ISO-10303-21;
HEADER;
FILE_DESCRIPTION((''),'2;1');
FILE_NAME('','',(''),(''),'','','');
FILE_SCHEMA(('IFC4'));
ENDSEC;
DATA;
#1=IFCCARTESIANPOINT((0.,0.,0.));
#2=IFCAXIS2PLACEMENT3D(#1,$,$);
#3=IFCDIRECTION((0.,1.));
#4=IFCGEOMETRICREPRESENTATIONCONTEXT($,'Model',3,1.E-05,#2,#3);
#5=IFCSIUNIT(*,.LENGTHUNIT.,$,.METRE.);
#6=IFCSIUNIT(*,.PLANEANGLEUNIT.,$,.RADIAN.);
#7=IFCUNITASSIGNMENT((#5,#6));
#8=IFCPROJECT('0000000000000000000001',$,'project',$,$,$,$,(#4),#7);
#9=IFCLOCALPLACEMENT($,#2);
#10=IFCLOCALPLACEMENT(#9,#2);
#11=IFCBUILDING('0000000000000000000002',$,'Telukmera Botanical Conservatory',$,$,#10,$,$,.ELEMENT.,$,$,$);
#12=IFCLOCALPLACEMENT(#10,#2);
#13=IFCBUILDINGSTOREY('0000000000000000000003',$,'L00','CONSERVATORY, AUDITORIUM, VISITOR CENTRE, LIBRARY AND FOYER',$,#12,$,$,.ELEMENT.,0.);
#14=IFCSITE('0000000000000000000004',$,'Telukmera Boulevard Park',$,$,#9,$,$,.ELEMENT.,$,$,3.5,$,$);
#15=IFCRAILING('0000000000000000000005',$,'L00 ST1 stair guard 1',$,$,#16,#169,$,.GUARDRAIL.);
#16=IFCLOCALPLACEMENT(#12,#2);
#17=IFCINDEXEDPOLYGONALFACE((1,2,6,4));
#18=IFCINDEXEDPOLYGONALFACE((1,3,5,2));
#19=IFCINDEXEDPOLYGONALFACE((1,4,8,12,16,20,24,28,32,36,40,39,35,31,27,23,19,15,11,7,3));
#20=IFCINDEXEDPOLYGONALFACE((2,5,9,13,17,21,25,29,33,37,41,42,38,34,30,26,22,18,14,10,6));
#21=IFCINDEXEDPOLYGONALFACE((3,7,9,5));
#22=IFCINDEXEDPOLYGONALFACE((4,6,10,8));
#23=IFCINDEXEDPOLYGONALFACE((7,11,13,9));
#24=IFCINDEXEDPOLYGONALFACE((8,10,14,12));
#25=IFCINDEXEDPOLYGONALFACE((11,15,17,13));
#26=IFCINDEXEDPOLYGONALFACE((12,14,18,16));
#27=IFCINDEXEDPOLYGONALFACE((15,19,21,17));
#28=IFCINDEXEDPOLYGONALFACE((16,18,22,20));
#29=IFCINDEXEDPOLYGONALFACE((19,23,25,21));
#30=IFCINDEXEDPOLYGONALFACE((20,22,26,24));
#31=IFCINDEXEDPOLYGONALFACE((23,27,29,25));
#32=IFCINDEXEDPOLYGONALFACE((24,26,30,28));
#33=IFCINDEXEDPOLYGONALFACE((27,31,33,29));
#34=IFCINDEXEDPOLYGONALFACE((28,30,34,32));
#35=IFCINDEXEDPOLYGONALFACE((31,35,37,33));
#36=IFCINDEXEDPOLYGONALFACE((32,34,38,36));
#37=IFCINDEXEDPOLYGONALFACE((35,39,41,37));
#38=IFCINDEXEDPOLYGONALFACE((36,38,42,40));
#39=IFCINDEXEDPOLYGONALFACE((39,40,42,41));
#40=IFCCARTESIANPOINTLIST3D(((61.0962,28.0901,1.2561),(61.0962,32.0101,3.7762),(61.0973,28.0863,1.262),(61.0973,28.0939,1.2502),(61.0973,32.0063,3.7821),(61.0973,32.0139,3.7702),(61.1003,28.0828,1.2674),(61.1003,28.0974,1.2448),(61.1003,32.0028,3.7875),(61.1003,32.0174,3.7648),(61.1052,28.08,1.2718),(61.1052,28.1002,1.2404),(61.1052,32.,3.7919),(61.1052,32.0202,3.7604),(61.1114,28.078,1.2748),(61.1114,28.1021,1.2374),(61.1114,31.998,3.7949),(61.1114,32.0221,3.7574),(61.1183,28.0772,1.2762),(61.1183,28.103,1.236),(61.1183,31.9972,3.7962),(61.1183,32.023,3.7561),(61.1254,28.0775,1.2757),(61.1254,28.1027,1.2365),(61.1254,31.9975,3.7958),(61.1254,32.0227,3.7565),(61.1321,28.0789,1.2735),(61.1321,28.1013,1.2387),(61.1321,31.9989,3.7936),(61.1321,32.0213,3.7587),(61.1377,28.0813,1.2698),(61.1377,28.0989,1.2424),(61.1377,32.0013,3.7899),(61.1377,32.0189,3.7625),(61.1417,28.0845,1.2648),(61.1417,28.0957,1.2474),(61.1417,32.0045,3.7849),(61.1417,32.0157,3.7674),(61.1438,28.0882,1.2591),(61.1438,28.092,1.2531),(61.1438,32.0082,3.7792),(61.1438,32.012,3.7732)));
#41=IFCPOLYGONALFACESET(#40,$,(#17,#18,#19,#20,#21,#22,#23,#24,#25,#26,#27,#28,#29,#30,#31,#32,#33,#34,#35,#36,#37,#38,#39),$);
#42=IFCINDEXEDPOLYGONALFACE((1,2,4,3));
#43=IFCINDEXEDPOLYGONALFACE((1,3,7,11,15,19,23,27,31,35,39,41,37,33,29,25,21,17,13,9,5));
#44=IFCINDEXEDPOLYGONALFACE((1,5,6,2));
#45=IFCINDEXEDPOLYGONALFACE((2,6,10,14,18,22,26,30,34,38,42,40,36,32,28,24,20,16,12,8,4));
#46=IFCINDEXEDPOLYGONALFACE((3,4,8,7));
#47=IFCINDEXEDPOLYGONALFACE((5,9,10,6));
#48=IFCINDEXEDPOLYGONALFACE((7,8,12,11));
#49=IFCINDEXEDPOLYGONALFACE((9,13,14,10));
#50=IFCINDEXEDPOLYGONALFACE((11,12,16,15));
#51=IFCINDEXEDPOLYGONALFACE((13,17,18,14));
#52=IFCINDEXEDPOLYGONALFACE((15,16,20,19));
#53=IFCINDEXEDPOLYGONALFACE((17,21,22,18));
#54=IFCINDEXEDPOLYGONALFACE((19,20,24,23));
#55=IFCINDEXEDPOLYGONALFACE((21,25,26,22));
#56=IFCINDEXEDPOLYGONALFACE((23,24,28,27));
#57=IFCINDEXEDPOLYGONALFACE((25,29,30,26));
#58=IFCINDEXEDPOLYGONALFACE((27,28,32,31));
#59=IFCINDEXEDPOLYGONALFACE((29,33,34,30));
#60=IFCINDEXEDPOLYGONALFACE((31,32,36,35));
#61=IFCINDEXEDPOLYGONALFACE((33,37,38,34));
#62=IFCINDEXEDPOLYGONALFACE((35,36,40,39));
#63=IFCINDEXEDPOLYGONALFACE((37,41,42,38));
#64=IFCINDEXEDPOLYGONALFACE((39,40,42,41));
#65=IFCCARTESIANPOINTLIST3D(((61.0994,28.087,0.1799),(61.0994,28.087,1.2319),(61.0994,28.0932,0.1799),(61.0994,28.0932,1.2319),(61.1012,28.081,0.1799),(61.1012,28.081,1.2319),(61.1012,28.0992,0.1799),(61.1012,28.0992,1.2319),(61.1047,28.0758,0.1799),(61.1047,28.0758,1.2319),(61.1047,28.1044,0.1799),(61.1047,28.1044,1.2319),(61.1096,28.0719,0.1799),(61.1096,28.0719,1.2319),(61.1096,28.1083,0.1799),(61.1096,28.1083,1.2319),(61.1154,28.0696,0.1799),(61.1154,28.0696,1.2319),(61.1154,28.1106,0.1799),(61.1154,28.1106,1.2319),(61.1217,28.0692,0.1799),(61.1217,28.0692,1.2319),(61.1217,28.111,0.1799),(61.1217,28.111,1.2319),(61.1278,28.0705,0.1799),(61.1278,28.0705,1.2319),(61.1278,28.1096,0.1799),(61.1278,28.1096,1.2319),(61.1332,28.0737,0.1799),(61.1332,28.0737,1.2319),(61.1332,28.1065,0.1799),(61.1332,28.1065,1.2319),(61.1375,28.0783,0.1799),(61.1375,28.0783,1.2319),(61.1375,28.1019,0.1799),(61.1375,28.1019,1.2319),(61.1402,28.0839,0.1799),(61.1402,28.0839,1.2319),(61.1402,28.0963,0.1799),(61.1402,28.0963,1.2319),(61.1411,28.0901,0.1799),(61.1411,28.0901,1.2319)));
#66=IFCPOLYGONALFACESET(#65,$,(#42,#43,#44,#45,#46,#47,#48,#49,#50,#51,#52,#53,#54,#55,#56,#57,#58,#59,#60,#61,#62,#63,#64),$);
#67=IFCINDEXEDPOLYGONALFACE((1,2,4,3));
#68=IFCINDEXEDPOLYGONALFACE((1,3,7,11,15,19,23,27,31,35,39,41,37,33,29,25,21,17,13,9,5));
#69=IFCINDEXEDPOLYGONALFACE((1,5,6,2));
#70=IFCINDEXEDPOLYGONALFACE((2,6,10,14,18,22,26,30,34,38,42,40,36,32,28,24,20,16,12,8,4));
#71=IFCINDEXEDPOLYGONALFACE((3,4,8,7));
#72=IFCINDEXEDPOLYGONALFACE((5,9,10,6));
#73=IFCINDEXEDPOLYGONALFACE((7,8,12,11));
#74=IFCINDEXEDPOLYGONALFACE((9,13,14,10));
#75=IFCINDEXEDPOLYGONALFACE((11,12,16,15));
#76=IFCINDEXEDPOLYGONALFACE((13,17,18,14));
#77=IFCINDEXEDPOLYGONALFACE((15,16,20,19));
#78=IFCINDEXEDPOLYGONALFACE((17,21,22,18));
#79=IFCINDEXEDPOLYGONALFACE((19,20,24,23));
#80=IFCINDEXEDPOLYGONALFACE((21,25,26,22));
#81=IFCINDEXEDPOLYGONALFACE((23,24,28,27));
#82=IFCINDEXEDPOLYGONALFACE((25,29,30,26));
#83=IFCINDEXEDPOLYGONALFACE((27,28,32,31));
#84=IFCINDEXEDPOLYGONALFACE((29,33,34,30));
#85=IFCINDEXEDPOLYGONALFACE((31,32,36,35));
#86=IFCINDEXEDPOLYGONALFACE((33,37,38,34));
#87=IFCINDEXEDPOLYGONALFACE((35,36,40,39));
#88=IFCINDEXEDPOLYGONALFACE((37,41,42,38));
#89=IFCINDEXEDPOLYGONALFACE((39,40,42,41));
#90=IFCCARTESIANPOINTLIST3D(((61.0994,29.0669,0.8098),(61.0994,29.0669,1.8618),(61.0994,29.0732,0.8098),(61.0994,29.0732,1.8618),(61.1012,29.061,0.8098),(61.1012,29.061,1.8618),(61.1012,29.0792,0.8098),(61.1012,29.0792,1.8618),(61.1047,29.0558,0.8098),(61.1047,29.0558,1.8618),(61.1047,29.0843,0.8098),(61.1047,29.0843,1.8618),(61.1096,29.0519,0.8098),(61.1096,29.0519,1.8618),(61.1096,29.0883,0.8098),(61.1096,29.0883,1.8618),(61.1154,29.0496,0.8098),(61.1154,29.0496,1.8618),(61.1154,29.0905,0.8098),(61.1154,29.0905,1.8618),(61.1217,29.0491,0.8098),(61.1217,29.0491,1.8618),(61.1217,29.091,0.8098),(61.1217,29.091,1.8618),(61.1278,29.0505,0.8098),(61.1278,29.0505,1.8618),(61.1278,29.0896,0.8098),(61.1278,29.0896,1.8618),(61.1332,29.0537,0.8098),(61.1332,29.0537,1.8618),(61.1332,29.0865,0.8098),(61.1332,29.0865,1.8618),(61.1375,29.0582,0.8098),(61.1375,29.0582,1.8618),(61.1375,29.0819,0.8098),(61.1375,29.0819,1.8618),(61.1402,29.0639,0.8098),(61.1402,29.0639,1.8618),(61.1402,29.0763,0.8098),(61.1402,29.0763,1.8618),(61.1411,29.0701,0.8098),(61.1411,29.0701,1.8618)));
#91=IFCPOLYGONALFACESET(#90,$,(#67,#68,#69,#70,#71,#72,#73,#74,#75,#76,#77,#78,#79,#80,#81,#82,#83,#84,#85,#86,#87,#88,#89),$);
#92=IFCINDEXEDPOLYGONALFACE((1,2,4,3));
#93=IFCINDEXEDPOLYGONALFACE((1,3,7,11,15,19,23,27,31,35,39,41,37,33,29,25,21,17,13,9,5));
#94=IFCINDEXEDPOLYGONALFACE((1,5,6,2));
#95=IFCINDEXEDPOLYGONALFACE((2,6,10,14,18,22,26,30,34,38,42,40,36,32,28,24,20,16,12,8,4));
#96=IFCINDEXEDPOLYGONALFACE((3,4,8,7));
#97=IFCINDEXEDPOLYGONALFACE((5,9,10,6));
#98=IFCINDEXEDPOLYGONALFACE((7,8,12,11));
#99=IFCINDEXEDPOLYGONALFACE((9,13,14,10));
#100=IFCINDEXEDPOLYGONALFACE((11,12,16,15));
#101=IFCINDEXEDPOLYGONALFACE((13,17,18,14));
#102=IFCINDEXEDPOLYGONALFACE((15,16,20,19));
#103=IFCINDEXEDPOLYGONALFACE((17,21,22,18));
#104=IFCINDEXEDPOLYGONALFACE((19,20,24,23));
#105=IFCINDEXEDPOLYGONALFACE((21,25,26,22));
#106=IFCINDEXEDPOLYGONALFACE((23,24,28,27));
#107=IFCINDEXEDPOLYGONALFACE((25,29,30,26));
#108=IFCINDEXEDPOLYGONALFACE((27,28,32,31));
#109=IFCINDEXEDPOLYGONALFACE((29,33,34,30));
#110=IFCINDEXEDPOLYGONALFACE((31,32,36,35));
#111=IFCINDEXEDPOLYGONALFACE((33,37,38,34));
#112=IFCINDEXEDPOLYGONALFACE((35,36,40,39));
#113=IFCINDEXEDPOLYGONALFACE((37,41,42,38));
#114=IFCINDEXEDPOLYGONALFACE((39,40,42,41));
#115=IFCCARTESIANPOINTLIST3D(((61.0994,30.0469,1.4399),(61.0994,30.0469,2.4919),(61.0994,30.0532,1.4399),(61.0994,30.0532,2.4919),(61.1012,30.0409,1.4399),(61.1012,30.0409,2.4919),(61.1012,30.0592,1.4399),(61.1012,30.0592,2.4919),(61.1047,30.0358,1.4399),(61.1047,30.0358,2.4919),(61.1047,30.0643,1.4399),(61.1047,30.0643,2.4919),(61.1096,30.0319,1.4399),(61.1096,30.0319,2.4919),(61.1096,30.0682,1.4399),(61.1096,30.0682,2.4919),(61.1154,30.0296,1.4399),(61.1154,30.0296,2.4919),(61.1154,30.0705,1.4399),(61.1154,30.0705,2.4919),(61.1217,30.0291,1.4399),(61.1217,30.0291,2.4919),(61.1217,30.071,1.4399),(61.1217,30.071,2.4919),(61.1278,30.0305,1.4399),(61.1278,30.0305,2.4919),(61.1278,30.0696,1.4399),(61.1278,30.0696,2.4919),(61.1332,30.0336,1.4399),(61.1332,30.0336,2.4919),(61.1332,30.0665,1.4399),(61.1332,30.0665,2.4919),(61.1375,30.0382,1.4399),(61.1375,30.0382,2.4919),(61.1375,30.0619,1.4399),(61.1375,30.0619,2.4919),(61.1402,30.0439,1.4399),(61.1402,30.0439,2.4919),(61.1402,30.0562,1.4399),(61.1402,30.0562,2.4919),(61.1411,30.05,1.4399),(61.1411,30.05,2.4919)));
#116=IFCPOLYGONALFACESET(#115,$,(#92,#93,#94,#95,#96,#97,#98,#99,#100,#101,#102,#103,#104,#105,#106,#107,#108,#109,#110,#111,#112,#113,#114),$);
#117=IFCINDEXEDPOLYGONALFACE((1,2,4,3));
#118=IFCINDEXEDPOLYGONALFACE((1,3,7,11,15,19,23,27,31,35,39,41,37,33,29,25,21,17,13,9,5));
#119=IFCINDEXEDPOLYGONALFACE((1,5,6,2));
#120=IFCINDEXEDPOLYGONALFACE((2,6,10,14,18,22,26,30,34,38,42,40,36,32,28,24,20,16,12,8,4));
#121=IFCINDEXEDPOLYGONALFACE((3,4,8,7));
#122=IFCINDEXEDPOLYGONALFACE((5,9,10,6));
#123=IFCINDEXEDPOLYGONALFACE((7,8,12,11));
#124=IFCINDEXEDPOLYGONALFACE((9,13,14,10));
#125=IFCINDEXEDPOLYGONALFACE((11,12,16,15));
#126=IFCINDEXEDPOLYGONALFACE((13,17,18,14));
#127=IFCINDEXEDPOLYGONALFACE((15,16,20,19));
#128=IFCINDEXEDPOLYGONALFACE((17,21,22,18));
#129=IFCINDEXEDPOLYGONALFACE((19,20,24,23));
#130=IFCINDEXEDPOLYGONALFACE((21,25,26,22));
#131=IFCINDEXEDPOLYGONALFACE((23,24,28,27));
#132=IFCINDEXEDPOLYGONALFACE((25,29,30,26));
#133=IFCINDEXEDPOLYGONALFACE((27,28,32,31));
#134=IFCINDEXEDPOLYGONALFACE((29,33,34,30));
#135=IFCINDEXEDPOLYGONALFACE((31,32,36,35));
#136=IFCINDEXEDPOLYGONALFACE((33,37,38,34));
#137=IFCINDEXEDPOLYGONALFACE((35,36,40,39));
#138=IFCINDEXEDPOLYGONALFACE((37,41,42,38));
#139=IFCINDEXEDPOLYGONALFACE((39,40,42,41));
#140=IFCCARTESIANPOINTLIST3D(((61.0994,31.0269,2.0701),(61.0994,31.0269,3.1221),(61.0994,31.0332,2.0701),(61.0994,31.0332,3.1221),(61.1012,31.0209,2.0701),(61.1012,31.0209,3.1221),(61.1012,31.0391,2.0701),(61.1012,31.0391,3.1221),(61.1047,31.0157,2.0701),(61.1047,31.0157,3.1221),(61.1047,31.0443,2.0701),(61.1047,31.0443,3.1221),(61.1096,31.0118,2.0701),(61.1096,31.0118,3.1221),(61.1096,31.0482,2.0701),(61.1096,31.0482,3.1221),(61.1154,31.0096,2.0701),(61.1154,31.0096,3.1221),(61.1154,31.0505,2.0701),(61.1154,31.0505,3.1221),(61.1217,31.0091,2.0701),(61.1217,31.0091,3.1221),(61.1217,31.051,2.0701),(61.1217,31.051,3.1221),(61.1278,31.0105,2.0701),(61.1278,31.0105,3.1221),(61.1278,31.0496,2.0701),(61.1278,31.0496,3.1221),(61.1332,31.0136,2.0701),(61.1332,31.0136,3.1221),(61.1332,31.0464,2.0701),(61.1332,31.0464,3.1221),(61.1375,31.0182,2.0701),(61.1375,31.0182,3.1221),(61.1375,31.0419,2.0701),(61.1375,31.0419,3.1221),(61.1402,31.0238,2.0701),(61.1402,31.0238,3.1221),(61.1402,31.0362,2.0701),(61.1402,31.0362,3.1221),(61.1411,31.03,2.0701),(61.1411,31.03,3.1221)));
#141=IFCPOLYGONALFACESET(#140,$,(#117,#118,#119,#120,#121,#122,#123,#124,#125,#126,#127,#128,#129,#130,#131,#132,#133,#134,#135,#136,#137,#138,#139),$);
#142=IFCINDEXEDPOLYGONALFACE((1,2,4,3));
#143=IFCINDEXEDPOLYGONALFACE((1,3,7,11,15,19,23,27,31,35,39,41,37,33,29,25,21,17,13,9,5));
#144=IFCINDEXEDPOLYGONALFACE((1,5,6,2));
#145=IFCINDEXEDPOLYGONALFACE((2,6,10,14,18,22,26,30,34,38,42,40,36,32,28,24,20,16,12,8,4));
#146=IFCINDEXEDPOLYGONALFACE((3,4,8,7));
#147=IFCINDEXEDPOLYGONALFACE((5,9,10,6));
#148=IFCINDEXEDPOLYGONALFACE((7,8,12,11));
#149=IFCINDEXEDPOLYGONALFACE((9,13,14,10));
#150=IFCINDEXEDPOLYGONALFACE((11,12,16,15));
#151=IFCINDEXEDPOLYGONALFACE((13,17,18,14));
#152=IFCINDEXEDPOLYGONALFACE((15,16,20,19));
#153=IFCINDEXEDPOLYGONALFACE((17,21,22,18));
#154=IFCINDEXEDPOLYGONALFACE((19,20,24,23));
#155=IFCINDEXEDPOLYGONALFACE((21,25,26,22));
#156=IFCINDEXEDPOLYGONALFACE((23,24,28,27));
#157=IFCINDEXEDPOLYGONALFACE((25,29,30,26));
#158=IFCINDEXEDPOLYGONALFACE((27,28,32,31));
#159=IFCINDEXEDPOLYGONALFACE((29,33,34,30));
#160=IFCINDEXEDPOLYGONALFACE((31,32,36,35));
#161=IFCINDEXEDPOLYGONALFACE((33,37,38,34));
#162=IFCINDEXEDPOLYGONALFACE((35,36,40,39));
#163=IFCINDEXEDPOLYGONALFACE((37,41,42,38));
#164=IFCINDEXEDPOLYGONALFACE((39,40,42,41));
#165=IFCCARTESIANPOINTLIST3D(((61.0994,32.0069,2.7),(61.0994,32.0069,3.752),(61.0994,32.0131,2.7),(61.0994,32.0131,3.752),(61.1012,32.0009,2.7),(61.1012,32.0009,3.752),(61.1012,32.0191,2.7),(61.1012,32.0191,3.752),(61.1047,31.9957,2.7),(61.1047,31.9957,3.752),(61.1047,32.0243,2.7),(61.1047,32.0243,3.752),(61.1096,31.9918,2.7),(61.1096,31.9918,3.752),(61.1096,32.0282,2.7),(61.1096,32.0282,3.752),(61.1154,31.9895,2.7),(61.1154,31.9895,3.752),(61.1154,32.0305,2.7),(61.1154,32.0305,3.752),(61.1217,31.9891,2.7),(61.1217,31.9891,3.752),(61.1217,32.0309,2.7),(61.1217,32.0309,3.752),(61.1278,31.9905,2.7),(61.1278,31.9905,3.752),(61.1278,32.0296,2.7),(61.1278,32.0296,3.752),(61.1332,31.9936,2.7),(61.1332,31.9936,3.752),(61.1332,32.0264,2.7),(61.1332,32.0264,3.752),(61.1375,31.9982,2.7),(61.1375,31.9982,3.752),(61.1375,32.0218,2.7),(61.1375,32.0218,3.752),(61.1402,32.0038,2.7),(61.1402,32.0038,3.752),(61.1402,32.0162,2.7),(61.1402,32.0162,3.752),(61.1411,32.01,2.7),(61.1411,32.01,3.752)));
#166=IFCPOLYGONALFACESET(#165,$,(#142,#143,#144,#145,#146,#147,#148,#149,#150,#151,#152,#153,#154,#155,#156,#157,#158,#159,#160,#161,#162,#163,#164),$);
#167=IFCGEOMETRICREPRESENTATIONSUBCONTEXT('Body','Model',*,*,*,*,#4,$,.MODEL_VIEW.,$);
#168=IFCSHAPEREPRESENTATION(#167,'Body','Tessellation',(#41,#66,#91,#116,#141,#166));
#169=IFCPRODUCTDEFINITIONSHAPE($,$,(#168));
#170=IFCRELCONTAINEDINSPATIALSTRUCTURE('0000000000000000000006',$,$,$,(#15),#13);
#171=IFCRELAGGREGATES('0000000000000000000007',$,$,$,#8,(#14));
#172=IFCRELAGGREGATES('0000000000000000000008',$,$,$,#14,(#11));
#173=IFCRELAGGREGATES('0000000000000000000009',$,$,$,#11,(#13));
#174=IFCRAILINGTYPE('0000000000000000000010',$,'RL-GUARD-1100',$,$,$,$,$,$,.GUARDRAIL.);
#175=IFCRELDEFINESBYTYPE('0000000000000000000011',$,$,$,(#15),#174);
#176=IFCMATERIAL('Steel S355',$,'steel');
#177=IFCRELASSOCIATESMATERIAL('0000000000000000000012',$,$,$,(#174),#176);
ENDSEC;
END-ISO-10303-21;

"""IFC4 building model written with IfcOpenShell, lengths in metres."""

from ifc_helpers import new_model, si_unit, direction, frame, origin, origin_2d, place, context, subcontext, project, spatial, circle, extrude, material, type_object, element, save


model = new_model("IFC4")

# Units and contexts
model_context = context("Model", 3, precision=1e-05, world=origin(), true_north=direction((0.0, 1.0)))
body_context = subcontext(model_context, "Body", "Model", "MODEL_VIEW")
ifc_project = project(units=[si_unit("LENGTHUNIT", "METRE"), si_unit("PLANEANGLEUNIT", "RADIAN")], contexts=[model_context])

# Site, building, storey
site_placement = place(None, origin())
site = spatial("IfcSite", under=ifc_project, at=site_placement, Name="Telukmera Boulevard Park", CompositionType="ELEMENT", RefElevation=3.5)
building_placement = place(site_placement, origin())
building = spatial("IfcBuilding", under=site, at=building_placement, Name="Telukmera Botanical Conservatory", CompositionType="ELEMENT")
storey_placement = place(building_placement, origin())
storey = spatial("IfcBuildingStorey", under=building, at=storey_placement, Name="L00", Description="CONSERVATORY, AUDITORIUM, VISITOR CENTRE, LIBRARY AND FOYER", CompositionType="ELEMENT", Elevation=0.0)

# Railing
ifc_material_1 = material(Name="Steel S355", Category="steel")
railing_type_1 = type_object("IfcRailingType", Name="RL-GUARD-1100", PredefinedType="GUARDRAIL", material=ifc_material_1)
railing_1_placement = place(storey_placement, frame((61.1201, 28.0901, 0.1799)))
element("IfcRailing", 1, at=railing_1_placement, inside=storey, type_object=railing_type_1, Name="L00 ST1 stair guard 1", PredefinedType="GUARDRAIL", context=body_context, shape_type="SweptSolid", body=[
    extrude(circle(Radius=0.0239, at=origin_2d()), frame((0.0, 0.0, 1.0762), z_axis=(0.0, 0.841172, 0.540768), x_axis=(-1.0, 0.0, 0.0)), (0.0, 0.0, 1.0), 4.6602),
    extrude(circle(Radius=0.021, at=origin_2d()), origin(), (0.0, 0.0, 1.0), 1.052),
    extrude(circle(Radius=0.021, at=origin_2d()), frame((0.0, 0.98, 0.6299)), (0.0, 0.0, 1.0), 1.052),
    extrude(circle(Radius=0.021, at=origin_2d()), frame((0.0, 1.96, 1.26)), (0.0, 0.0, 1.0), 1.052),
    extrude(circle(Radius=0.021, at=origin_2d()), frame((0.0, 2.9399, 1.8901)), (0.0, 0.0, 1.0), 1.052),
    extrude(circle(Radius=0.021, at=origin_2d()), frame((0.0, 3.9199, 2.52)), (0.0, 0.0, 1.0), 1.052),
])

save(model, "model.ifc")
